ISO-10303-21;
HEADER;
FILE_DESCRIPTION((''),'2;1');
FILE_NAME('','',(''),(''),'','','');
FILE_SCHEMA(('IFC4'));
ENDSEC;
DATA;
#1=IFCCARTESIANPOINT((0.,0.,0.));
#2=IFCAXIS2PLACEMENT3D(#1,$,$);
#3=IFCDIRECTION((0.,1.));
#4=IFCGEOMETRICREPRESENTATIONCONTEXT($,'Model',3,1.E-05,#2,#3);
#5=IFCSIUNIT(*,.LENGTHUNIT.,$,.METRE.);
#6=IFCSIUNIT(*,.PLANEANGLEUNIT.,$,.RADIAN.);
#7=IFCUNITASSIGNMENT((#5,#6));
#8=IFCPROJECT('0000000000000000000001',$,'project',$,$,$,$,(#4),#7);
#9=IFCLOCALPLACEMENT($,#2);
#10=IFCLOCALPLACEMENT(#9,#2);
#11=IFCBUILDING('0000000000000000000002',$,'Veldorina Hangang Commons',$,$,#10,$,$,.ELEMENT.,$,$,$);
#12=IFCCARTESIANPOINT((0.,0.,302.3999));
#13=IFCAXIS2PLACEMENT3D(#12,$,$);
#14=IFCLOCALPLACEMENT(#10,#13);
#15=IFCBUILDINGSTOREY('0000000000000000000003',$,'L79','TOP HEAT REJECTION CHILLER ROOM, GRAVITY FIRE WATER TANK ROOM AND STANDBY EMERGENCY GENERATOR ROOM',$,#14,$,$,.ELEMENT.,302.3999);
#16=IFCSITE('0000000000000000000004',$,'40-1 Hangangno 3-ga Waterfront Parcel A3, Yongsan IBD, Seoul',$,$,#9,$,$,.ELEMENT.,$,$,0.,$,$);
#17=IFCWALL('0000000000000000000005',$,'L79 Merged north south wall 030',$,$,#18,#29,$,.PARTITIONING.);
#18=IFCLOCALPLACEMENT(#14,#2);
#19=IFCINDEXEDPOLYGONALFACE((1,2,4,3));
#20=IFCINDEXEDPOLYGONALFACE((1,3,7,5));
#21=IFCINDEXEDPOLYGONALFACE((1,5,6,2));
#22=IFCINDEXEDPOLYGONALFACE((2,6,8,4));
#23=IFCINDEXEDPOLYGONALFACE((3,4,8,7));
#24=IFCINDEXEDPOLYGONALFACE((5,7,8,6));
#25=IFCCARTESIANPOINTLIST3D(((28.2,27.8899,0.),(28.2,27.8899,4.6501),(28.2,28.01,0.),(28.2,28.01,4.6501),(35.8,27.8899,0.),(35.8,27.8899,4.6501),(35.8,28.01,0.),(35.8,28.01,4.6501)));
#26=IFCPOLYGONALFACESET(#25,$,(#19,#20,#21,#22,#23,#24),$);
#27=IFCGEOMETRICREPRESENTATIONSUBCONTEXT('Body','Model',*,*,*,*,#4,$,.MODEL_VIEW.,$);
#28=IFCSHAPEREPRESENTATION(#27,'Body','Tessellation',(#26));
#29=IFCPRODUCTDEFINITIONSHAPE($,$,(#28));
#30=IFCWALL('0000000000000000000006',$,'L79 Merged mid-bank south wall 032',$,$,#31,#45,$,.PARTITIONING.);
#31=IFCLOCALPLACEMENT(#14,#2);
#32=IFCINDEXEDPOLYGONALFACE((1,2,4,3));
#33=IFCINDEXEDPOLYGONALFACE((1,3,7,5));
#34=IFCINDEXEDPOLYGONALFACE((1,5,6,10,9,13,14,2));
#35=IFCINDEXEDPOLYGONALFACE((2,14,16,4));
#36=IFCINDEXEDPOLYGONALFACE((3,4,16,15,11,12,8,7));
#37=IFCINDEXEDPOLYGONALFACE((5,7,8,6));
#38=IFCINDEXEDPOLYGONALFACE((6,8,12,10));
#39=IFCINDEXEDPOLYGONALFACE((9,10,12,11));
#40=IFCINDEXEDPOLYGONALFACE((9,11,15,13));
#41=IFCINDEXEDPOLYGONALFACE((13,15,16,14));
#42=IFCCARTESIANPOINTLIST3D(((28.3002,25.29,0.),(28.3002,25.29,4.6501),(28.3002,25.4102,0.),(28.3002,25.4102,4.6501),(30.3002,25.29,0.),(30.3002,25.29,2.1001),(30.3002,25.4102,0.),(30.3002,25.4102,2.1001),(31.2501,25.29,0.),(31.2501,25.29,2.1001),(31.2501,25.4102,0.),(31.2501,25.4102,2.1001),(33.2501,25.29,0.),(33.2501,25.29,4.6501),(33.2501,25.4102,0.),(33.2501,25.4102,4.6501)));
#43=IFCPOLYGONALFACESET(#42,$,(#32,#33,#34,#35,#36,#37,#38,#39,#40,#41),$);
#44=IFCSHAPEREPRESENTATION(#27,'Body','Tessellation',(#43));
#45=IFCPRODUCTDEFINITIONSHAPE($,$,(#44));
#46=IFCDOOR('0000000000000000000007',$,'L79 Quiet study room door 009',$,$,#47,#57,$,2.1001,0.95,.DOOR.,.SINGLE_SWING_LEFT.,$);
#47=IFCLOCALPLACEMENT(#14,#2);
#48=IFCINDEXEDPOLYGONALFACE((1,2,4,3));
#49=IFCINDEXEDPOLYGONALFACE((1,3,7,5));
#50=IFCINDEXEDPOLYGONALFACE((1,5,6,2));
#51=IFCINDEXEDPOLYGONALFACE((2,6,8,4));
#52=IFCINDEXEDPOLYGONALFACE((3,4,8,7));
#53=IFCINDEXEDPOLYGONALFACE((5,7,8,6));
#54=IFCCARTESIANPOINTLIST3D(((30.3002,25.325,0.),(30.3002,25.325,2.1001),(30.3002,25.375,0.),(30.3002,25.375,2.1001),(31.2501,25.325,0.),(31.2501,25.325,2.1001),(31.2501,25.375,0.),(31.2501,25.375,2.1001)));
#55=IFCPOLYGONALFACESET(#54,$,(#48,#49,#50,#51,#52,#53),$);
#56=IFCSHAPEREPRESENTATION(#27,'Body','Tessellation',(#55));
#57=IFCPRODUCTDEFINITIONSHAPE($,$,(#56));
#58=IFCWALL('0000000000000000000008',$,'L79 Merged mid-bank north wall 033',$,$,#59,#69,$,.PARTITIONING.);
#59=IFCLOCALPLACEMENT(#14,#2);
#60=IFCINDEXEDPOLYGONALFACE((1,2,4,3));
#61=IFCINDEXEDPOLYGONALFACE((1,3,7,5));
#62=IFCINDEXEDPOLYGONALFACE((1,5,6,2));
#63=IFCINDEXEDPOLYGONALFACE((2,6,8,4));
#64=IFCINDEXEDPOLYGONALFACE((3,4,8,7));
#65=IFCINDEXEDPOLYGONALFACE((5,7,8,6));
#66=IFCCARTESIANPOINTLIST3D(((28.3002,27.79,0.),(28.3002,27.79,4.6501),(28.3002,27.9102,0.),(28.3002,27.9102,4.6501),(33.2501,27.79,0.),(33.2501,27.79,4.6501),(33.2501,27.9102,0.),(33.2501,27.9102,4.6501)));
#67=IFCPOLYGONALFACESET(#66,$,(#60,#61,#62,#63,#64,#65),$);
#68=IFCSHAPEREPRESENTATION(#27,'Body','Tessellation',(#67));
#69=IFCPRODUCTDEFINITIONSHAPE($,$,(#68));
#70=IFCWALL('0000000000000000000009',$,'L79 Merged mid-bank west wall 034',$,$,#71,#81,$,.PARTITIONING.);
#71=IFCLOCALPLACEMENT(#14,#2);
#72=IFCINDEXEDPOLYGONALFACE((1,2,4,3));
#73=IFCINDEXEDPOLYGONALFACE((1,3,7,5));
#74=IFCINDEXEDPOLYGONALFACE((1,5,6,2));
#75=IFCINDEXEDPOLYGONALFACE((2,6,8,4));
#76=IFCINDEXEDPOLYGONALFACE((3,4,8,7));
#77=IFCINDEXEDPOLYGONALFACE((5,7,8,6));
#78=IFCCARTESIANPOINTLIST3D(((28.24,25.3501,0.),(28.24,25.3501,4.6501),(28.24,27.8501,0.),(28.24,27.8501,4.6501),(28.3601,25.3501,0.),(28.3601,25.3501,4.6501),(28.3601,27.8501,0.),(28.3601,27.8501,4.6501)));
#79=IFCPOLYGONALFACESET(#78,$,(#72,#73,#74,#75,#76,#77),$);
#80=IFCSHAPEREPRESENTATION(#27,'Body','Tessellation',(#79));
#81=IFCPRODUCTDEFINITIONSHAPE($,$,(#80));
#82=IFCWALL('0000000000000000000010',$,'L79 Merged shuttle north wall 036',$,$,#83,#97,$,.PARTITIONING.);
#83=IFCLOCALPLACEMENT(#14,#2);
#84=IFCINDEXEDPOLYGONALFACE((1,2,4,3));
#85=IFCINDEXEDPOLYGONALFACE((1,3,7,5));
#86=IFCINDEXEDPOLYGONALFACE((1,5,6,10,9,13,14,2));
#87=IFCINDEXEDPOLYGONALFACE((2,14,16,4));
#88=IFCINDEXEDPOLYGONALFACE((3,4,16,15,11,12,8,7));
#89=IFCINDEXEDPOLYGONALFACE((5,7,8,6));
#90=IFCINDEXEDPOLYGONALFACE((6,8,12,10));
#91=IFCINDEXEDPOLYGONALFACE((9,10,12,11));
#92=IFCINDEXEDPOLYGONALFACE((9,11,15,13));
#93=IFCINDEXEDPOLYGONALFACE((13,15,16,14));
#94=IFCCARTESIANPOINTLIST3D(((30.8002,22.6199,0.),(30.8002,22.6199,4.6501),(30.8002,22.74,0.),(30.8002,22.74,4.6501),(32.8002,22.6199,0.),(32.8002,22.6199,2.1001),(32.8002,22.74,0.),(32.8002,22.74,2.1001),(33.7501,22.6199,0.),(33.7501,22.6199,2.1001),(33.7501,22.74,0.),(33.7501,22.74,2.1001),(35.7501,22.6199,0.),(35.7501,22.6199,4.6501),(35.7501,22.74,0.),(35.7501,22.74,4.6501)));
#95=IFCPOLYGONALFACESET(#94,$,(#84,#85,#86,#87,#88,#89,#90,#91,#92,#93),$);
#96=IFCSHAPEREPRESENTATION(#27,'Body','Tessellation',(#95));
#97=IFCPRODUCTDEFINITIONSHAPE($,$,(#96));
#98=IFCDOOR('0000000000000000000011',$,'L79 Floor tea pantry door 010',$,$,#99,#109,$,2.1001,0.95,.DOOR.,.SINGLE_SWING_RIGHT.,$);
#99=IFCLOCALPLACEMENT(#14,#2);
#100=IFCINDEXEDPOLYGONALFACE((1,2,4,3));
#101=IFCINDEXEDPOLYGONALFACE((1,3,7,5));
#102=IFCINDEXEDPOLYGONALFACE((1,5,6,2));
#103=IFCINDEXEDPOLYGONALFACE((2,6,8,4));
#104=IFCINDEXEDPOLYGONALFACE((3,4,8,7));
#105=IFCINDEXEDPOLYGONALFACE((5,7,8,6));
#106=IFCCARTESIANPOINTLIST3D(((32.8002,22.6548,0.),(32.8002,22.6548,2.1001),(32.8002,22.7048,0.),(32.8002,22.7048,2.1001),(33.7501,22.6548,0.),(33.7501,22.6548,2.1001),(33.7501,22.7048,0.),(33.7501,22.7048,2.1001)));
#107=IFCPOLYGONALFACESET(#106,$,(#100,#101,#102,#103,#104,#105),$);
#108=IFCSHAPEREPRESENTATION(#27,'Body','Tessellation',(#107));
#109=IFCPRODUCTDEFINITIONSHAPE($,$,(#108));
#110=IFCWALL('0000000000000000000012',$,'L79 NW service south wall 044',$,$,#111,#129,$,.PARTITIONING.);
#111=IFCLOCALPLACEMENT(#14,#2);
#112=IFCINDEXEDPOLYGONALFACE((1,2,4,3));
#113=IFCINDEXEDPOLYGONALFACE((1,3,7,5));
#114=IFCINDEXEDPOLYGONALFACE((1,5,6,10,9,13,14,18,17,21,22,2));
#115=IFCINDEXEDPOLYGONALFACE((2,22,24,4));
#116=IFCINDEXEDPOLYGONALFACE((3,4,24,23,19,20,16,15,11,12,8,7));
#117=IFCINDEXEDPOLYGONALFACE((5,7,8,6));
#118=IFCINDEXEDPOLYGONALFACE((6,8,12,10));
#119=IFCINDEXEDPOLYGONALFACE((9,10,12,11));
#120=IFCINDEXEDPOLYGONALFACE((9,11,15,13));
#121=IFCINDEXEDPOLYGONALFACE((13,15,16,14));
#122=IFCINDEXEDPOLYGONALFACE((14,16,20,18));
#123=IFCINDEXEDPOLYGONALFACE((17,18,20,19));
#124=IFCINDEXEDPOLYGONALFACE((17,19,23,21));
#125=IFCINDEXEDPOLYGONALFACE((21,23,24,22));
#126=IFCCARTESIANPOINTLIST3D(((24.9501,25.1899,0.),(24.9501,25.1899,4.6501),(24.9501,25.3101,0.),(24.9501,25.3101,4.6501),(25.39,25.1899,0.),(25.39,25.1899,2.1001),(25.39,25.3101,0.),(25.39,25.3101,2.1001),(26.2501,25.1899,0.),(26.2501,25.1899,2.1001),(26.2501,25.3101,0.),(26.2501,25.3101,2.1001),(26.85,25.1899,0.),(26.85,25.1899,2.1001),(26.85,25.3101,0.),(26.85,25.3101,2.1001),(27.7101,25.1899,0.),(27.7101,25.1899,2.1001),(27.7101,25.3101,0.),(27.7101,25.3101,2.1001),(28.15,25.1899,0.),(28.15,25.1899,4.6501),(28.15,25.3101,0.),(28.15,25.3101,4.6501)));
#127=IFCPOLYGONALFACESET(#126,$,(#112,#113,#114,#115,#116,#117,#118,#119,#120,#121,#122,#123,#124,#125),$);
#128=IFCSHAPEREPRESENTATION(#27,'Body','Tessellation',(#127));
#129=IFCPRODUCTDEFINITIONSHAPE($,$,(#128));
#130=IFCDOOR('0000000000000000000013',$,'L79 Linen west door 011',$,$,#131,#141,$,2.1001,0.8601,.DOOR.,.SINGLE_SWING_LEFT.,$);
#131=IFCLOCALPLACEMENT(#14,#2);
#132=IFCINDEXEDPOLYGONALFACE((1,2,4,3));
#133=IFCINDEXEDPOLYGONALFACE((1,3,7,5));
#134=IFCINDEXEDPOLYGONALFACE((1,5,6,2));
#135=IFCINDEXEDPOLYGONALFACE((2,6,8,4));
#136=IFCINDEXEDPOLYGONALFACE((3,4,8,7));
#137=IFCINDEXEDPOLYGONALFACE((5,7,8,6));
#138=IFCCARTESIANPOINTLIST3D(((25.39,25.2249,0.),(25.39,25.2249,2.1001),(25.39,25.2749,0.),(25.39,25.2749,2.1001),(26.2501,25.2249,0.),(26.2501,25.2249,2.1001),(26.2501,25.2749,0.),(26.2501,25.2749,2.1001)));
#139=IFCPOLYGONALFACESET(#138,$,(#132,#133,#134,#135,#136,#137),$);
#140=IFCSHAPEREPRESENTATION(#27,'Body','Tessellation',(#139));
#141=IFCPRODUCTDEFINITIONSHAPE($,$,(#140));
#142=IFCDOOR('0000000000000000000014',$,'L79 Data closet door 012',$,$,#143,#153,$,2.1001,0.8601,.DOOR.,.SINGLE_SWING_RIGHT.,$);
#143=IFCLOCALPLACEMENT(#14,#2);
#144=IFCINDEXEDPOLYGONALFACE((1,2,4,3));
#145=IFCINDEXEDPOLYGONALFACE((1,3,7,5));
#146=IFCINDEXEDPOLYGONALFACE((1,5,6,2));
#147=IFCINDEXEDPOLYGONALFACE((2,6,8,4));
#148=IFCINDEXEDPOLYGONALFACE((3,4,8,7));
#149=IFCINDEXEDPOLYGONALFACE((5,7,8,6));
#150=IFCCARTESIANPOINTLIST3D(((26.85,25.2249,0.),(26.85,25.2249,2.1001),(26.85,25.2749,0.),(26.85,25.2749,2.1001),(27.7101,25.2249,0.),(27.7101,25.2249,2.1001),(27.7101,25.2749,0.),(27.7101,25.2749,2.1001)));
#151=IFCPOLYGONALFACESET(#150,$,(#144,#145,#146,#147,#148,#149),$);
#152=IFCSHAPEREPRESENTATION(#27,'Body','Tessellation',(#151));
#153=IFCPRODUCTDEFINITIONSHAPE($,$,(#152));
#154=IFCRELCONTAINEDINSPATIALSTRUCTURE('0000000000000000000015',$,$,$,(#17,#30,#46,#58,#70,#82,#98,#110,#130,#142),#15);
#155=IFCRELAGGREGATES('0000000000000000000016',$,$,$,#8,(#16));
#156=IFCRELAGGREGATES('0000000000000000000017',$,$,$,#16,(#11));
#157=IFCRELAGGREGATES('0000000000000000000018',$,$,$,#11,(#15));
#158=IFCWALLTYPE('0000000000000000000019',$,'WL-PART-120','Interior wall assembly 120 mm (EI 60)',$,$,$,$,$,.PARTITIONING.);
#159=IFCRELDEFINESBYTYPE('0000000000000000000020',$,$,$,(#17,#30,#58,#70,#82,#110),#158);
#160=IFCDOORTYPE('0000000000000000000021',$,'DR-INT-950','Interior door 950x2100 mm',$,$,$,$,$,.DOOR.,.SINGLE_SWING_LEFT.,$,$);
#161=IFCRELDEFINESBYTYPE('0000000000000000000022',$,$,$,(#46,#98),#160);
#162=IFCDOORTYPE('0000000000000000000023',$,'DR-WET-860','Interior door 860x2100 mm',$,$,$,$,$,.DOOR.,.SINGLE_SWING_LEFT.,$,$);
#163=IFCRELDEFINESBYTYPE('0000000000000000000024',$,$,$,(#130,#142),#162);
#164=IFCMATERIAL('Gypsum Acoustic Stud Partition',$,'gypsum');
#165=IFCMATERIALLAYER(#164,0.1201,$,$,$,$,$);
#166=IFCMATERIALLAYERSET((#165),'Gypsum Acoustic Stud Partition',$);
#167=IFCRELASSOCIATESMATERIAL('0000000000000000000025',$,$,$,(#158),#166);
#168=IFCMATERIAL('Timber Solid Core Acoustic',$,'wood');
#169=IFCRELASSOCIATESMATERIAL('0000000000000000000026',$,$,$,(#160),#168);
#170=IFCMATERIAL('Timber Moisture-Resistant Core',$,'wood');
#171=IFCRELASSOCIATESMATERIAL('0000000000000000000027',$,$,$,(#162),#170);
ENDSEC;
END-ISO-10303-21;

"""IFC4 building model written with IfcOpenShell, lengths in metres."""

from ifc_helpers import new_model, si_unit, direction, frame, frame_2d, origin, place, context, subcontext, project, spatial, rectangle, extrude, material, layer, layer_set, type_object, element, fill, save


model = new_model("IFC4")

# Units and contexts
model_context = context("Model", 3, precision=1e-05, world=origin(), true_north=direction((0.0, 1.0)))
body_context = subcontext(model_context, "Body", "Model", "MODEL_VIEW")
ifc_project = project(units=[si_unit("LENGTHUNIT", "METRE"), si_unit("PLANEANGLEUNIT", "RADIAN")], contexts=[model_context])

# Site, building, storey
site_placement = place(None, origin())
site = spatial("IfcSite", under=ifc_project, at=site_placement, Name="40-1 Hangangno 3-ga Waterfront Parcel A3, Yongsan IBD, Seoul", CompositionType="ELEMENT", RefElevation=0.0)
building_placement = place(site_placement, origin())
building = spatial("IfcBuilding", under=site, at=building_placement, Name="Veldorina Hangang Commons", CompositionType="ELEMENT")
storey_placement = place(building_placement, frame((0.0, 0.0, 302.3999)))
storey = spatial("IfcBuildingStorey", under=building, at=storey_placement, Name="L79", Description="TOP HEAT REJECTION CHILLER ROOM, GRAVITY FIRE WATER TANK ROOM AND STANDBY EMERGENCY GENERATOR ROOM", CompositionType="ELEMENT", Elevation=302.3999)

# Wall
ifc_material_1 = material(Name="Gypsum Acoustic Stud Partition", Category="gypsum")
ifc_layer_1 = layer(ifc_material_1, 0.1201)
ifc_layer_set_1 = layer_set([ifc_layer_1], Name="Gypsum Acoustic Stud Partition")
wall_type_1 = type_object("IfcWallType", Name="WL-PART-120", Description="Interior wall assembly 120 mm (EI 60)", PredefinedType="PARTITIONING", material=ifc_layer_set_1)
wall_1_placement = place(storey_placement, frame((28.2, 27.95, 0.0), z_axis=(0.0, 0.0, 1.0), x_axis=(1.0, 0.0, 0.0)))
element("IfcWall", 1, at=wall_1_placement, inside=storey, type_object=wall_type_1, Name="L79 Merged north south wall 030", PredefinedType="PARTITIONING", context=body_context, shape_type="SweptSolid", body=[
    extrude(rectangle(XDim=7.6001, YDim=0.1201, at=frame_2d((3.8, 0.0))), origin(), (0.0, 0.0, 1.0), 4.6501),
])

# Wall, opening, door
wall_2_placement = place(storey_placement, frame((28.3, 25.3501, 0.0), z_axis=(0.0, 0.0, 1.0), x_axis=(1.0, 0.0, 0.0)))
wall_2 = element("IfcWall", 2, at=wall_2_placement, inside=storey, type_object=wall_type_1, Name="L79 Merged mid-bank south wall 032", PredefinedType="PARTITIONING", context=body_context, shape_type="SweptSolid", body=[
    extrude(rectangle(XDim=4.95, YDim=0.1201, at=frame_2d((2.4751, 0.0))), origin(), (0.0, 0.0, 1.0), 4.6501),
])
opening_1_placement = place(wall_2_placement, frame((2.0, 0.0, 0.0)))
opening_1 = element("IfcOpeningElement", 3, at=opening_1_placement, cuts=wall_2, PredefinedType="OPENING", context=body_context, shape_type="SweptSolid", body=[
    extrude(rectangle(XDim=0.95, YDim=2.1001, at=frame_2d((0.4751, 1.05))), frame((0.0, 0.0701, 0.0), z_axis=(0.0, -1.0, 0.0), x_axis=(1.0, 0.0, 0.0)), (0.0, 0.0, 1.0), 0.1401),
])
ifc_material_2 = material(Name="Timber Solid Core Acoustic", Category="wood")
door_type_1 = type_object("IfcDoorType", Name="DR-INT-950", Description="Interior door 950x2100 mm", OperationType="SINGLE_SWING_LEFT", PredefinedType="DOOR", material=ifc_material_2)
door_1_placement = place(opening_1_placement, origin())
door_1 = element("IfcDoor", 4, at=door_1_placement, inside=storey, type_object=door_type_1, Name="L79 Quiet study room door 009", OperationType="SINGLE_SWING_LEFT", OverallHeight=2.1001, OverallWidth=0.95, PredefinedType="DOOR", context=body_context, shape_type="SweptSolid", body=[
    extrude(rectangle(XDim=0.95, YDim=2.1001, at=frame_2d((0.4751, 1.05))), frame((0.0, 0.0249, 0.0), z_axis=(0.0, -1.0, 0.0), x_axis=(1.0, 0.0, 0.0)), (0.0, 0.0, 1.0), 0.05),
])
fill(opening_1, door_1)

# Walls
wall_3_placement = place(storey_placement, frame((28.3, 27.8501, 0.0), z_axis=(0.0, 0.0, 1.0), x_axis=(1.0, 0.0, 0.0)))
element("IfcWall", 5, at=wall_3_placement, inside=storey, type_object=wall_type_1, Name="L79 Merged mid-bank north wall 033", PredefinedType="PARTITIONING", context=body_context, shape_type="SweptSolid", body=[
    extrude(rectangle(XDim=4.95, YDim=0.1201, at=frame_2d((2.4751, 0.0))), origin(), (0.0, 0.0, 1.0), 4.6501),
])
wall_4_placement = place(storey_placement, frame((28.3, 25.3501, 0.0), z_axis=(0.0, 0.0, 1.0), x_axis=(0.0, 1.0, 0.0)))
element("IfcWall", 6, at=wall_4_placement, inside=storey, type_object=wall_type_1, Name="L79 Merged mid-bank west wall 034", PredefinedType="PARTITIONING", context=body_context, shape_type="SweptSolid", body=[
    extrude(rectangle(XDim=2.5, YDim=0.1201, at=frame_2d((1.25, 0.0))), origin(), (0.0, 0.0, 1.0), 4.6501),
])

# Wall, opening, door
wall_5_placement = place(storey_placement, frame((30.8, 22.6799, 0.0), z_axis=(0.0, 0.0, 1.0), x_axis=(1.0, 0.0, 0.0)))
wall_5 = element("IfcWall", 7, at=wall_5_placement, inside=storey, type_object=wall_type_1, Name="L79 Merged shuttle north wall 036", PredefinedType="PARTITIONING", context=body_context, shape_type="SweptSolid", body=[
    extrude(rectangle(XDim=4.95, YDim=0.1201, at=frame_2d((2.4751, 0.0))), origin(), (0.0, 0.0, 1.0), 4.6501),
])
opening_2_placement = place(wall_5_placement, frame((2.0, 0.0, 0.0)))
opening_2 = element("IfcOpeningElement", 8, at=opening_2_placement, cuts=wall_5, PredefinedType="OPENING", context=body_context, shape_type="SweptSolid", body=[
    extrude(rectangle(XDim=0.95, YDim=2.1001, at=frame_2d((0.4751, 1.05))), frame((0.0, 0.0701, 0.0), z_axis=(0.0, -1.0, 0.0), x_axis=(1.0, 0.0, 0.0)), (0.0, 0.0, 1.0), 0.1401),
])
door_2_placement = place(opening_2_placement, origin())
door_2 = element("IfcDoor", 9, at=door_2_placement, inside=storey, type_object=door_type_1, Name="L79 Floor tea pantry door 010", OperationType="SINGLE_SWING_RIGHT", OverallHeight=2.1001, OverallWidth=0.95, PredefinedType="DOOR", context=body_context, shape_type="SweptSolid", body=[
    extrude(rectangle(XDim=0.95, YDim=2.1001, at=frame_2d((0.4751, 1.05))), frame((0.0, 0.0249, 0.0), z_axis=(0.0, -1.0, 0.0), x_axis=(1.0, 0.0, 0.0)), (0.0, 0.0, 1.0), 0.05),
])
fill(opening_2, door_2)

# Wall, openings, doors
wall_6_placement = place(storey_placement, frame((24.95, 25.25, 0.0), z_axis=(0.0, 0.0, 1.0), x_axis=(1.0, 0.0, 0.0)))
wall_6 = element("IfcWall", 10, at=wall_6_placement, inside=storey, type_object=wall_type_1, Name="L79 NW service south wall 044", PredefinedType="PARTITIONING", context=body_context, shape_type="SweptSolid", body=[
    extrude(rectangle(XDim=3.2, YDim=0.1201, at=frame_2d((1.6001, 0.0))), origin(), (0.0, 0.0, 1.0), 4.6501),
])
opening_3_placement = place(wall_6_placement, frame((0.4399, 0.0, 0.0)))
opening_3 = element("IfcOpeningElement", 11, at=opening_3_placement, cuts=wall_6, PredefinedType="OPENING", context=body_context, shape_type="SweptSolid", body=[
    extrude(rectangle(XDim=0.8601, YDim=2.1001, at=frame_2d((0.4302, 1.05))), frame((0.0, 0.0701, 0.0), z_axis=(0.0, -1.0, 0.0), x_axis=(1.0, 0.0, 0.0)), (0.0, 0.0, 1.0), 0.1401),
])
opening_4_placement = place(wall_6_placement, frame((1.8999, 0.0, 0.0)))
opening_4 = element("IfcOpeningElement", 12, at=opening_4_placement, cuts=wall_6, PredefinedType="OPENING", context=body_context, shape_type="SweptSolid", body=[
    extrude(rectangle(XDim=0.8601, YDim=2.1001, at=frame_2d((0.4302, 1.05))), frame((0.0, 0.0701, 0.0), z_axis=(0.0, -1.0, 0.0), x_axis=(1.0, 0.0, 0.0)), (0.0, 0.0, 1.0), 0.1401),
])
ifc_material_3 = material(Name="Timber Moisture-Resistant Core", Category="wood")
door_type_2 = type_object("IfcDoorType", Name="DR-WET-860", Description="Interior door 860x2100 mm", OperationType="SINGLE_SWING_LEFT", PredefinedType="DOOR", material=ifc_material_3)
door_3_placement = place(opening_3_placement, origin())
door_3 = element("IfcDoor", 13, at=door_3_placement, inside=storey, type_object=door_type_2, Name="L79 Linen west door 011", OperationType="SINGLE_SWING_LEFT", OverallHeight=2.1001, OverallWidth=0.8601, PredefinedType="DOOR", context=body_context, shape_type="SweptSolid", body=[
    extrude(rectangle(XDim=0.8601, YDim=2.1001, at=frame_2d((0.4302, 1.05))), frame((0.0, 0.0249, 0.0), z_axis=(0.0, -1.0, 0.0), x_axis=(1.0, 0.0, 0.0)), (0.0, 0.0, 1.0), 0.05),
])
fill(opening_3, door_3)
door_4_placement = place(opening_4_placement, origin())
door_4 = element("IfcDoor", 14, at=door_4_placement, inside=storey, type_object=door_type_2, Name="L79 Data closet door 012", OperationType="SINGLE_SWING_RIGHT", OverallHeight=2.1001, OverallWidth=0.8601, PredefinedType="DOOR", context=body_context, shape_type="SweptSolid", body=[
    extrude(rectangle(XDim=0.8601, YDim=2.1001, at=frame_2d((0.4302, 1.05))), frame((0.0, 0.0249, 0.0), z_axis=(0.0, -1.0, 0.0), x_axis=(1.0, 0.0, 0.0)), (0.0, 0.0, 1.0), 0.05),
])
fill(opening_4, door_4)

save(model, "model.ifc")
